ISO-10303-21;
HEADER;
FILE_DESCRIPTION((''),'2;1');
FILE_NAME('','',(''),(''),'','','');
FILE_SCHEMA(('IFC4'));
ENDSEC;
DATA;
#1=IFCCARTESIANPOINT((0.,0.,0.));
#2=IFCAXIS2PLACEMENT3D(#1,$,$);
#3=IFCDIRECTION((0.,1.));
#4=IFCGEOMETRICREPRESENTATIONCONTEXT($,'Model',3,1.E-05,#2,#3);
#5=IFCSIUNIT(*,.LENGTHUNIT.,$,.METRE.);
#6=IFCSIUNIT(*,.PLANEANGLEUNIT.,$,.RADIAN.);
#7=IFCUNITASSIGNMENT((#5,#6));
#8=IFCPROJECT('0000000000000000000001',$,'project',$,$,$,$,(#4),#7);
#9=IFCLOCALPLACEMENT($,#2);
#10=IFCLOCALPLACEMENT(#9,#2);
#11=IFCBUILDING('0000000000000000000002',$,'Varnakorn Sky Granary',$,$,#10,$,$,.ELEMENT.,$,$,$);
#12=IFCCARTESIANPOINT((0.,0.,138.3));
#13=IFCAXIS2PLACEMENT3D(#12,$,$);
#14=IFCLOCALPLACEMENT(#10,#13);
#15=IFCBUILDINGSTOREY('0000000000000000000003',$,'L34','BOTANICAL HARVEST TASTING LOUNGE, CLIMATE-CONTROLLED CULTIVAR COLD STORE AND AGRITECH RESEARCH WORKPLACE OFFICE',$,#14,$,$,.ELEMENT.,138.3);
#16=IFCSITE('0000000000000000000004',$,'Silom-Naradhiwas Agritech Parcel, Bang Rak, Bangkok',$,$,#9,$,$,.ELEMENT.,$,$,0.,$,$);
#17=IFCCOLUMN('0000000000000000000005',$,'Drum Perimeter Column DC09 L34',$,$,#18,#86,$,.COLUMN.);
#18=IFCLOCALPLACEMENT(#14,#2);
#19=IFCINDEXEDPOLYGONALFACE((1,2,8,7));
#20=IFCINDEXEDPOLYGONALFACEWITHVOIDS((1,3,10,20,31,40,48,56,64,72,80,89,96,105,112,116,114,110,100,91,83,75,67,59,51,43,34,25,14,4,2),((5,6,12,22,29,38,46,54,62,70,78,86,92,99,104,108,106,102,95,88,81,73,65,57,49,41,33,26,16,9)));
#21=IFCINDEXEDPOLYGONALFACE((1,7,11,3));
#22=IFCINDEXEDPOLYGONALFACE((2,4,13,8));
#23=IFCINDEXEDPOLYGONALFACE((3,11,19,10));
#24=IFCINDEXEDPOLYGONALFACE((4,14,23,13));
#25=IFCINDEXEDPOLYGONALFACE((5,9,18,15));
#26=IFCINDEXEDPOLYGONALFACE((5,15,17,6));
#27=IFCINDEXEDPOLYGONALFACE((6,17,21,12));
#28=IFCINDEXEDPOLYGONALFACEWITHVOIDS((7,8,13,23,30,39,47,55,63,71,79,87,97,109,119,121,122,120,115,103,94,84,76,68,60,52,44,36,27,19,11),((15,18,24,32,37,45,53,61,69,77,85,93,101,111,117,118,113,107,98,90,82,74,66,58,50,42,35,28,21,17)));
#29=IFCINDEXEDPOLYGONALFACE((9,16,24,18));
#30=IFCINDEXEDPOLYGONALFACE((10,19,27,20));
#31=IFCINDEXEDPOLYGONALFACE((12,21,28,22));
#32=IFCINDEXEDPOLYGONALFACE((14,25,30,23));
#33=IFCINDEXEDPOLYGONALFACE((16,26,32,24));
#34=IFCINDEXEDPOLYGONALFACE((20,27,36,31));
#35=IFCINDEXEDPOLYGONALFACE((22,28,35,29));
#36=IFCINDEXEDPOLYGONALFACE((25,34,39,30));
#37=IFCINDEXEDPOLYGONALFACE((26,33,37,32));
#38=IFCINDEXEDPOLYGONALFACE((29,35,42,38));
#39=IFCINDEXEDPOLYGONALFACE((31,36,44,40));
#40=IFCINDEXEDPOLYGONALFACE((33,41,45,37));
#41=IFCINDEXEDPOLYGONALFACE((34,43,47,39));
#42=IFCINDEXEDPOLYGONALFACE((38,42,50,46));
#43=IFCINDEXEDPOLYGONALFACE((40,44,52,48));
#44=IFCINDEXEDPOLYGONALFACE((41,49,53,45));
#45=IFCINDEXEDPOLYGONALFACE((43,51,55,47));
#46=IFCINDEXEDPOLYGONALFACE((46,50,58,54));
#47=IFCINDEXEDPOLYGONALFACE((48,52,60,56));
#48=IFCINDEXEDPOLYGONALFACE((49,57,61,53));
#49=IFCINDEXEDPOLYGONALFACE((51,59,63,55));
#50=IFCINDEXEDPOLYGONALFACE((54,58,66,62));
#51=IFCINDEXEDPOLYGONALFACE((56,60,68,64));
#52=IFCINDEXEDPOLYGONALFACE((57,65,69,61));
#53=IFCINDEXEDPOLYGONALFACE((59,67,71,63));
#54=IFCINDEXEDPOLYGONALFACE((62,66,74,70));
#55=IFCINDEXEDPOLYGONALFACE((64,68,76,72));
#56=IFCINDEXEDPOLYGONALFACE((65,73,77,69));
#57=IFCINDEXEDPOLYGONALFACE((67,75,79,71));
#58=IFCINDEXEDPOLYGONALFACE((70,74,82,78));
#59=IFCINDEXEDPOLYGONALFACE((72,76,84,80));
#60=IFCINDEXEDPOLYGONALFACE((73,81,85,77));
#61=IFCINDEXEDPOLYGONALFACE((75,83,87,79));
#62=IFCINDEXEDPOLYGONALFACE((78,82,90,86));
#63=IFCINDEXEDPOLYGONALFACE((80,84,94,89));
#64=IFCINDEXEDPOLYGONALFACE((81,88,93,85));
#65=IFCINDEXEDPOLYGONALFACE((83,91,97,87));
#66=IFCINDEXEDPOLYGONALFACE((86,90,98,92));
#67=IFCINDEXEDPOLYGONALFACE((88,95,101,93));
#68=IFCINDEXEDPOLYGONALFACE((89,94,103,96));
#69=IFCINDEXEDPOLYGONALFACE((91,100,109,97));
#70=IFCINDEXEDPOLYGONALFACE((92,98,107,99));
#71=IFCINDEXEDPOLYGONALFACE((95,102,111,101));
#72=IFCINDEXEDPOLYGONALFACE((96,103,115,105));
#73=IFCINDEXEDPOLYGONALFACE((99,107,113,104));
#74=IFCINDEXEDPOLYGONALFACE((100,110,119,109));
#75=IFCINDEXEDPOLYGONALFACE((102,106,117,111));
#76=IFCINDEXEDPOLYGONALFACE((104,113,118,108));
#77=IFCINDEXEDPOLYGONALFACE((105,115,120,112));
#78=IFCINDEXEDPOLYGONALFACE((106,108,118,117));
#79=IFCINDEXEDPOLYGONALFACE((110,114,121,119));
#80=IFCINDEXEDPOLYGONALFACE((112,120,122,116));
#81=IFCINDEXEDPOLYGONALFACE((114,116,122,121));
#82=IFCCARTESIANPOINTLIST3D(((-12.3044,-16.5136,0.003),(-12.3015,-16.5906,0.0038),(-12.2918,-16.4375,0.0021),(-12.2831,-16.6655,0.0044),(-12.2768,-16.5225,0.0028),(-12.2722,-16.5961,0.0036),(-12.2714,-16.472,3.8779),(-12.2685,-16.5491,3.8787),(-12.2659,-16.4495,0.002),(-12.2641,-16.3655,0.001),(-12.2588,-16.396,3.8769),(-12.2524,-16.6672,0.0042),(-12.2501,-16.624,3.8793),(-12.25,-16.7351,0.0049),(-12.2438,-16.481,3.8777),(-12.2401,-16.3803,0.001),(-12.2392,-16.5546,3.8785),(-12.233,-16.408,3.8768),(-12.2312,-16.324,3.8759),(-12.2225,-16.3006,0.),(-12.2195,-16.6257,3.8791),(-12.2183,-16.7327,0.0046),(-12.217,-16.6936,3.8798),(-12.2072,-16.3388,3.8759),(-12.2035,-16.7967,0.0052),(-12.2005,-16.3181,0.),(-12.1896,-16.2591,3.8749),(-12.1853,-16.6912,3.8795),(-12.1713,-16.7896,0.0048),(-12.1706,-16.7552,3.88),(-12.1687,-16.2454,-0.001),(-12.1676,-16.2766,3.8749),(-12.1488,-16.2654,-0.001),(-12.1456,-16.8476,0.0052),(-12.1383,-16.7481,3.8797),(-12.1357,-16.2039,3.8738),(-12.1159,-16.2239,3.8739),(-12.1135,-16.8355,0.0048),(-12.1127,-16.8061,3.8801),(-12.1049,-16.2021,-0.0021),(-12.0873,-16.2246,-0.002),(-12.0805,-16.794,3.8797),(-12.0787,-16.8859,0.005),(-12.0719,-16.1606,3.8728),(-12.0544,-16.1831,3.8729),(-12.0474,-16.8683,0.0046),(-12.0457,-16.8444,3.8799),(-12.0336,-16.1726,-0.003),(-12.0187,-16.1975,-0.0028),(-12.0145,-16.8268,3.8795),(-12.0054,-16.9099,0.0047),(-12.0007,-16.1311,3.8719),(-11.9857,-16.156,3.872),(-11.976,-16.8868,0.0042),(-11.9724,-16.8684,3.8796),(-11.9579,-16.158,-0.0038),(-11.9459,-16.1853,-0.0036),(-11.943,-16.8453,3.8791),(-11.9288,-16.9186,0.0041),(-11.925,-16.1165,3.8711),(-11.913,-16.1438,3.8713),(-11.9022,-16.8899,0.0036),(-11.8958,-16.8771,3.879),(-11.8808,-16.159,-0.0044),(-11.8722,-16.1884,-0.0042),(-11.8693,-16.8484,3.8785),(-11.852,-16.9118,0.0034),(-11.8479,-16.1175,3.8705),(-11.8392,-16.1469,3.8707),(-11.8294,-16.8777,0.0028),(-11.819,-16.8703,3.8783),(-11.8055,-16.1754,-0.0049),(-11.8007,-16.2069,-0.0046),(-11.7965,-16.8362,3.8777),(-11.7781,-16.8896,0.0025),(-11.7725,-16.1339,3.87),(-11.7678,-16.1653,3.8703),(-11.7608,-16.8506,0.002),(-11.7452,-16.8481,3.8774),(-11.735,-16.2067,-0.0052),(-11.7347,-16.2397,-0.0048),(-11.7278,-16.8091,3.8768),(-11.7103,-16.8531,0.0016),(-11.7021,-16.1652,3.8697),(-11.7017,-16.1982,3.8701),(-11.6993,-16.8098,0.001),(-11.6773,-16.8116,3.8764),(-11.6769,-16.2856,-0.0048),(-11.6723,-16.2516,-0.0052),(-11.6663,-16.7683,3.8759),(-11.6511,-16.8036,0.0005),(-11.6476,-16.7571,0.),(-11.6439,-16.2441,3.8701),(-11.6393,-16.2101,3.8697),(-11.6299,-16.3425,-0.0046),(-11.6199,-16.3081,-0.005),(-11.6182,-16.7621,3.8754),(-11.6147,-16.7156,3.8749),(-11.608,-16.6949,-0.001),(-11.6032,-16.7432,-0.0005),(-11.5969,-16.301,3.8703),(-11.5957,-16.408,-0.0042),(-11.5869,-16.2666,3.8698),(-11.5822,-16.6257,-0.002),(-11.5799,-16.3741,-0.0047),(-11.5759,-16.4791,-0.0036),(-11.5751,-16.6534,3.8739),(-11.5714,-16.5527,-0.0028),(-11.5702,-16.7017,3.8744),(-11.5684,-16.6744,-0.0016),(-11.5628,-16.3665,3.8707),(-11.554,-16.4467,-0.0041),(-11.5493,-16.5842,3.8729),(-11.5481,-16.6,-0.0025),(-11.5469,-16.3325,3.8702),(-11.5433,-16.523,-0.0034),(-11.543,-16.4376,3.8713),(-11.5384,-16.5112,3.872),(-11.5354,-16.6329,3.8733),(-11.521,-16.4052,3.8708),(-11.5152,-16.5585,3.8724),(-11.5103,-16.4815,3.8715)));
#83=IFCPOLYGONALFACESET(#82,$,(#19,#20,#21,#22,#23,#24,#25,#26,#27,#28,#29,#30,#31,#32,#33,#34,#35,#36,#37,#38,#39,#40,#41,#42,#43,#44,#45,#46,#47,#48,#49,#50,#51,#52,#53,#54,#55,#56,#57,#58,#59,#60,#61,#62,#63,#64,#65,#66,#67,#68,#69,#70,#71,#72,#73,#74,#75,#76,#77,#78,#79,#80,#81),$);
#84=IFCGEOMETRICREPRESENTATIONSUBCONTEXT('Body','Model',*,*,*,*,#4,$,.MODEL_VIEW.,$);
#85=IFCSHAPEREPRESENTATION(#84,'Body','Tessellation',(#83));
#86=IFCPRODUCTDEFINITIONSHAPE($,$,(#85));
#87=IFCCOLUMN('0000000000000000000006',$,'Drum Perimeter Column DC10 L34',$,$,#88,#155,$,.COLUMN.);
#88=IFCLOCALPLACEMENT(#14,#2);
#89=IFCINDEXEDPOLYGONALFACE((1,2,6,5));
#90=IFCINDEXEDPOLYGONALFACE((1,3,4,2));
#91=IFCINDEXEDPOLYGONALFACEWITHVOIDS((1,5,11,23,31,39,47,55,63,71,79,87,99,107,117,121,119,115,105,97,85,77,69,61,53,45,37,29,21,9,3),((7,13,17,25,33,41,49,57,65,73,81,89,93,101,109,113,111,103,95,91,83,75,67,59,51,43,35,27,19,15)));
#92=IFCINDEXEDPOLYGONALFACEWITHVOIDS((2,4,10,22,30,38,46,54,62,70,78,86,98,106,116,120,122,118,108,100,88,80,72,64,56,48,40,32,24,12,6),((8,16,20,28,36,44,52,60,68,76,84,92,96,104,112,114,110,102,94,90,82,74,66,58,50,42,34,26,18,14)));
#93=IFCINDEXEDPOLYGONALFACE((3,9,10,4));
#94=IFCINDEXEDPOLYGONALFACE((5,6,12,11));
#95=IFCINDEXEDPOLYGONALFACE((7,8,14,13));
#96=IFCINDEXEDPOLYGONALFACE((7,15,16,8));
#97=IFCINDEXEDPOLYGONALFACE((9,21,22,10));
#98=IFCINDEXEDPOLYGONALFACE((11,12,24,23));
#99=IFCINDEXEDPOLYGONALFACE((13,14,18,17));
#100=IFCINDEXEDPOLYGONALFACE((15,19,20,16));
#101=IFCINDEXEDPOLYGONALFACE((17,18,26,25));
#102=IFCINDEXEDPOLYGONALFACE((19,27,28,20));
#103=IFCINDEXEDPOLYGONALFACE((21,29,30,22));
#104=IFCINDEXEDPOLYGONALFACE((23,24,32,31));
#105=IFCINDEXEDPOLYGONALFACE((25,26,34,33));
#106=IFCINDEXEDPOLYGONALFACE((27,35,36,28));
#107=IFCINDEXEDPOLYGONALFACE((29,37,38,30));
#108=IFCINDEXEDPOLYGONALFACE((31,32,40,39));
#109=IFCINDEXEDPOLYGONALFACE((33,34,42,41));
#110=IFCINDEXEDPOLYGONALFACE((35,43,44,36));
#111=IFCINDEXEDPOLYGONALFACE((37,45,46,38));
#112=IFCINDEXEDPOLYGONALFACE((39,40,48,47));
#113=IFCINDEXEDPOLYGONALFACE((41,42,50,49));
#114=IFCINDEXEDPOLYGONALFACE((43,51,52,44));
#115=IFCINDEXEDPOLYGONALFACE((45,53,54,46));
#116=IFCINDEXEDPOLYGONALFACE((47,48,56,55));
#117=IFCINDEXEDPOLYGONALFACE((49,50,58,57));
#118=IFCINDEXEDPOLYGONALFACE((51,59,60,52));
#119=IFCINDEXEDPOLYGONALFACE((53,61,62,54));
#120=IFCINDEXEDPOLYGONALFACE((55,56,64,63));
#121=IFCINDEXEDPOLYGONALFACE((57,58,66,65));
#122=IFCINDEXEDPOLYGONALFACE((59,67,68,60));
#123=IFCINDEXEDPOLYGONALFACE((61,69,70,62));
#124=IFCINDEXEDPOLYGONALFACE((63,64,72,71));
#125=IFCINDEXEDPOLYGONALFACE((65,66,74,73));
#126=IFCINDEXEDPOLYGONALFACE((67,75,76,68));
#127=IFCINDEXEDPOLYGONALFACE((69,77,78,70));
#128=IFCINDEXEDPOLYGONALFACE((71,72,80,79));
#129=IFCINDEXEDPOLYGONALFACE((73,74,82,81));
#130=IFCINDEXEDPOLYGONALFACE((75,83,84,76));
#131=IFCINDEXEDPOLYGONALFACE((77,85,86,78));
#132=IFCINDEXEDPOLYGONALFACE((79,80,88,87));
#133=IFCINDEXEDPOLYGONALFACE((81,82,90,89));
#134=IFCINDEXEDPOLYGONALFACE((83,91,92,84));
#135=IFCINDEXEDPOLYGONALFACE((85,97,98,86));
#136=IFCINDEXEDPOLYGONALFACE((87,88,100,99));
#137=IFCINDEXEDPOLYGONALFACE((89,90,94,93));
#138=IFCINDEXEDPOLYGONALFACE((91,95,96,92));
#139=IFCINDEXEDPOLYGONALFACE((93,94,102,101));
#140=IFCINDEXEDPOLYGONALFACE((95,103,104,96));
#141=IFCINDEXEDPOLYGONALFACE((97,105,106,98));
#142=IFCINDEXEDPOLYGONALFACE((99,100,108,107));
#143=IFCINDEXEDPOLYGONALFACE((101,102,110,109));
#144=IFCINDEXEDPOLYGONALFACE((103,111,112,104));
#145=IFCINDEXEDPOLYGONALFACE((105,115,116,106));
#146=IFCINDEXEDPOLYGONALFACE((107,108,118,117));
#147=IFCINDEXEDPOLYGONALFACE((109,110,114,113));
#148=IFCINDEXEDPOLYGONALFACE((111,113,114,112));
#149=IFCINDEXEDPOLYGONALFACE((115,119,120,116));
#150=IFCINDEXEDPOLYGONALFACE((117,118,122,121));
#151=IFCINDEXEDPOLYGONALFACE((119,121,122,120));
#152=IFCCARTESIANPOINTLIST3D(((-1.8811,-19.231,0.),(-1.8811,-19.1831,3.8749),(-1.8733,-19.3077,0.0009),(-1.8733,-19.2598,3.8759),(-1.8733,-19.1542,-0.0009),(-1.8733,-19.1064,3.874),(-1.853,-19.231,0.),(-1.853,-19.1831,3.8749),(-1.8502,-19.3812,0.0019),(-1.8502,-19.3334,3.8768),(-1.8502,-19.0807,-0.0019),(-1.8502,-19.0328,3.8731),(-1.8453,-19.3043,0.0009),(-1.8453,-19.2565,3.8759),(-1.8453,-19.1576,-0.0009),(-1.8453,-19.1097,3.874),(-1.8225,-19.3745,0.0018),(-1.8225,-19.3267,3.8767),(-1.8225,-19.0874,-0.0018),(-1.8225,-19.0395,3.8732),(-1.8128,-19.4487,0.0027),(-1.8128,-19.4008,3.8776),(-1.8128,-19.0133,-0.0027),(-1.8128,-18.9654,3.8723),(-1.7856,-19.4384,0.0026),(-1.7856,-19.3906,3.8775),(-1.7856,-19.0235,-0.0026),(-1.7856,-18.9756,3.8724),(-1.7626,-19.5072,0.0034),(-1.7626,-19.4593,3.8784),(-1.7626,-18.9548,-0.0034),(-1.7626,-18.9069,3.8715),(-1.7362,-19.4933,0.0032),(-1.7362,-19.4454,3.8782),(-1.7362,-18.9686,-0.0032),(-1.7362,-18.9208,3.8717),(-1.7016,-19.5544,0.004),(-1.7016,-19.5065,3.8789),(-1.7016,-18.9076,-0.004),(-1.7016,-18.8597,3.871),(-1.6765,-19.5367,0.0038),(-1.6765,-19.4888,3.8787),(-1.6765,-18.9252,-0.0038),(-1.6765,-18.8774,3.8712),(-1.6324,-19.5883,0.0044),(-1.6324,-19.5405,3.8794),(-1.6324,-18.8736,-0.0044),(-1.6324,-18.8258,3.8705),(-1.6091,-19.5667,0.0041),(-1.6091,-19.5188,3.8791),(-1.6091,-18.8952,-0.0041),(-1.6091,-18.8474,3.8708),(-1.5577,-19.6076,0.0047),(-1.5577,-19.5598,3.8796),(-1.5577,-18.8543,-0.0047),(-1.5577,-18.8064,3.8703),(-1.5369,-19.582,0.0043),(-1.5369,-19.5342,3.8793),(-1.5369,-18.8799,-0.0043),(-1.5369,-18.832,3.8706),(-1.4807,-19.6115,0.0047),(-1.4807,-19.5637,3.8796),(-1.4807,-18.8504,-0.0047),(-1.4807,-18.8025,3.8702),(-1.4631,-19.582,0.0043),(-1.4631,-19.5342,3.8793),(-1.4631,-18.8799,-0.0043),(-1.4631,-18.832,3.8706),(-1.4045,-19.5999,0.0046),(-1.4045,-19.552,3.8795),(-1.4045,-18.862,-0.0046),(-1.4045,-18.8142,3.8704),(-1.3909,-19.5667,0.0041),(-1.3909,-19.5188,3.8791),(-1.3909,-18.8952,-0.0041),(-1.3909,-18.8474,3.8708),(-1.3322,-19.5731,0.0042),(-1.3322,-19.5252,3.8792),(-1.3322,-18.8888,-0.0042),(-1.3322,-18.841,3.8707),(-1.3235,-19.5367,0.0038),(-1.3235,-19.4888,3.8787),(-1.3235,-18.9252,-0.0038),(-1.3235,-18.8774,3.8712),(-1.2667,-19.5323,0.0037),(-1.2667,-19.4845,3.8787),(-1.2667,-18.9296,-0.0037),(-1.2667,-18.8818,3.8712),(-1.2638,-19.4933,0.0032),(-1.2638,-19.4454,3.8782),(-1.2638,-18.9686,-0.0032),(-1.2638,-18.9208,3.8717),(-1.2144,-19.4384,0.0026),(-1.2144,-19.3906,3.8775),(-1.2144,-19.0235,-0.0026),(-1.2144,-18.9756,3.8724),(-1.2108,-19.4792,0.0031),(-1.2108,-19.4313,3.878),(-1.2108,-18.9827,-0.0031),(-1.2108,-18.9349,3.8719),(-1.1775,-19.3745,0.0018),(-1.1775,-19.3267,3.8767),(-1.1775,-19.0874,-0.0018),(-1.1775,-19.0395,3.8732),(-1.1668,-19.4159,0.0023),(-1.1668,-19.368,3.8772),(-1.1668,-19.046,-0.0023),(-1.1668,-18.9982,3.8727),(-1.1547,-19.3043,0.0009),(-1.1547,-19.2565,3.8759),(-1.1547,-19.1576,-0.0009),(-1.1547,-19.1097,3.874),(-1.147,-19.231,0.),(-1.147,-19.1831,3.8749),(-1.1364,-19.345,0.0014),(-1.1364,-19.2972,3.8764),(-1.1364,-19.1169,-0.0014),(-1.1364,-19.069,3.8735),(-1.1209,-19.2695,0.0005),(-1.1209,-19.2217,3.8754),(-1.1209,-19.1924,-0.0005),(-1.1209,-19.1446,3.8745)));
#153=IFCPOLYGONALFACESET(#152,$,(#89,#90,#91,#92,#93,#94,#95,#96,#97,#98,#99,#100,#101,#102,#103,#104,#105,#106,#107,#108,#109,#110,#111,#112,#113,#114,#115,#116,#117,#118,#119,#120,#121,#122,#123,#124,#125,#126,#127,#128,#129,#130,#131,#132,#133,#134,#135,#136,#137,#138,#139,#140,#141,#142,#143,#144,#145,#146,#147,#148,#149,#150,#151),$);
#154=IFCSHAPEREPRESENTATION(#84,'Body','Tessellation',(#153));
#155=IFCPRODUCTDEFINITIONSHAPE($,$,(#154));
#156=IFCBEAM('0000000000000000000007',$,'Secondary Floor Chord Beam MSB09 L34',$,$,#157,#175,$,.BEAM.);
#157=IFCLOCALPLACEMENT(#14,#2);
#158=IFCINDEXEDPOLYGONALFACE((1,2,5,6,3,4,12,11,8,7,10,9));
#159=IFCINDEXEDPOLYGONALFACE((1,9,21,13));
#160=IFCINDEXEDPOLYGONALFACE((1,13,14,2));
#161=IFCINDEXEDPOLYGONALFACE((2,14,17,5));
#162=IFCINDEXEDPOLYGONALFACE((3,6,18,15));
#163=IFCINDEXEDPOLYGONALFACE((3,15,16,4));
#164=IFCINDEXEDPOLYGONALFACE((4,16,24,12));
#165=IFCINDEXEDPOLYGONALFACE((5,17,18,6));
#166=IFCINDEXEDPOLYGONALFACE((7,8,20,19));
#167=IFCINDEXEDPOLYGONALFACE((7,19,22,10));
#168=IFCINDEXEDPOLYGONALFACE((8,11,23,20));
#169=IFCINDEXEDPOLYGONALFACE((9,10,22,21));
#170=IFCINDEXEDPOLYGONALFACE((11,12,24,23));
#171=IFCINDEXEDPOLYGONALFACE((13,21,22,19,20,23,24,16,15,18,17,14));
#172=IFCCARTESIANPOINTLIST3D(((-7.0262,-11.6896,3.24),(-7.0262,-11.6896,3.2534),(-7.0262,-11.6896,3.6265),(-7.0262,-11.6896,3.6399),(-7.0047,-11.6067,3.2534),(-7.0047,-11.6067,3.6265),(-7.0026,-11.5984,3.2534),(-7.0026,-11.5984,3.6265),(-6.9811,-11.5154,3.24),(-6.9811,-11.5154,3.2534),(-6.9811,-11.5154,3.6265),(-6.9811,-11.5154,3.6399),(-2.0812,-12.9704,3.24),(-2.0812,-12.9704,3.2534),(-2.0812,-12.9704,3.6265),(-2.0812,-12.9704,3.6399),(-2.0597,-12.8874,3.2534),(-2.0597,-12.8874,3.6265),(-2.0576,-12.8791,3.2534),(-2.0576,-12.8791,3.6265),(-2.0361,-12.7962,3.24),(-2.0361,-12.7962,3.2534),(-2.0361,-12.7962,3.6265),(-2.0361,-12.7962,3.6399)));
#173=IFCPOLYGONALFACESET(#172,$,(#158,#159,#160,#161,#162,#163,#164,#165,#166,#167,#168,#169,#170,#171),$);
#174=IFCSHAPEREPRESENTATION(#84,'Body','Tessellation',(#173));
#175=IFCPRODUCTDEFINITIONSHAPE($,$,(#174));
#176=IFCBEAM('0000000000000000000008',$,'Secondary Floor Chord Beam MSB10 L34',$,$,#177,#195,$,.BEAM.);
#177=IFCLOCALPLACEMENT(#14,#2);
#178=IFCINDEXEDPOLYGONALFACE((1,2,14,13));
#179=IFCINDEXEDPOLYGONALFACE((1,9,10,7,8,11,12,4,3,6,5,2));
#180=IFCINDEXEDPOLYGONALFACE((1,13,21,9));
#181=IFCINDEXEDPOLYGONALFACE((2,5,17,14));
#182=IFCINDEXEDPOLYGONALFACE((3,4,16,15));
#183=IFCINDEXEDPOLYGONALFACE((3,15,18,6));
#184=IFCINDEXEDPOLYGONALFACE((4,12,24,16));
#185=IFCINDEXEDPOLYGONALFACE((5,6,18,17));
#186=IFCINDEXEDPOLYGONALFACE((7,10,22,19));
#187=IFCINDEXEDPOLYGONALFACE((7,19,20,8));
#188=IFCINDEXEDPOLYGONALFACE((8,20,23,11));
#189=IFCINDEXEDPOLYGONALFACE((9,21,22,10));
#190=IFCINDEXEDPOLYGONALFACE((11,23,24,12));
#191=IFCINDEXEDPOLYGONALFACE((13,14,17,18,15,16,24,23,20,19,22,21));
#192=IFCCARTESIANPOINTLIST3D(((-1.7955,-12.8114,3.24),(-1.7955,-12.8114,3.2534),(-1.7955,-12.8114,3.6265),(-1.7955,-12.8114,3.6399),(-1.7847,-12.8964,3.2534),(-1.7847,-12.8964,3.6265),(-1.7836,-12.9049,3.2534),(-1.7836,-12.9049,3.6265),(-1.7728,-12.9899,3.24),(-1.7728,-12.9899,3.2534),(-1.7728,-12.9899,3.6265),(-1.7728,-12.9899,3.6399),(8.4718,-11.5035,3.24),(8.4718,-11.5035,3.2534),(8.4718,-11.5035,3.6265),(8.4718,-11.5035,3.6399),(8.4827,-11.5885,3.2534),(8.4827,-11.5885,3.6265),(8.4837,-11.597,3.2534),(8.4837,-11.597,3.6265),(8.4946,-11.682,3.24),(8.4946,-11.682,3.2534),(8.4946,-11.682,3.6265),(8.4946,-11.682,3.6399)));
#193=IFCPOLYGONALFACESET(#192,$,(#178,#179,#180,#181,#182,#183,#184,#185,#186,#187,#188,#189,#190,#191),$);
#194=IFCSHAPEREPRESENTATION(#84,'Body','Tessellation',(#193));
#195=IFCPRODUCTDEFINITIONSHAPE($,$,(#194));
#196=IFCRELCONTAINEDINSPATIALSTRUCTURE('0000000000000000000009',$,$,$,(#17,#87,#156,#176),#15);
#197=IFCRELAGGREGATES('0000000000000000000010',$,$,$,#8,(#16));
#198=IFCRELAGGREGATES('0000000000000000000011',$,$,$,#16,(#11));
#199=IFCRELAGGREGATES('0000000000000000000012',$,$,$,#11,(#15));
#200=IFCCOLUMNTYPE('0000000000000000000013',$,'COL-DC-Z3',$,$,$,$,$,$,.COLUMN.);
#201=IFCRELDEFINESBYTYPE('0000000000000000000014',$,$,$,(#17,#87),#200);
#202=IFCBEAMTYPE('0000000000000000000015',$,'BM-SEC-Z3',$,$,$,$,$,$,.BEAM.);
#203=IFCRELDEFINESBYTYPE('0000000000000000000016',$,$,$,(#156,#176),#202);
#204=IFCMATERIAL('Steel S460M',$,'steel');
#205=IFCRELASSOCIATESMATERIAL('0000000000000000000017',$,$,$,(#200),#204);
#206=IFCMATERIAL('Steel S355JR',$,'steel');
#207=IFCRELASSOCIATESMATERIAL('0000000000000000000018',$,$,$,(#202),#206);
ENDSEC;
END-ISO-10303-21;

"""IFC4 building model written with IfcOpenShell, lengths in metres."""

from ifc_helpers import new_model, si_unit, direction, frame, origin, origin_2d, place, context, subcontext, project, spatial, hollow_circle, i_section, extrude, material, material_profile, profile_set, type_object, element, save


model = new_model("IFC4")

# Units and contexts
model_context = context("Model", 3, precision=1e-05, world=origin(), true_north=direction((0.0, 1.0)))
body_context = subcontext(model_context, "Body", "Model", "MODEL_VIEW")
ifc_project = project(units=[si_unit("LENGTHUNIT", "METRE"), si_unit("PLANEANGLEUNIT", "RADIAN")], contexts=[model_context])

# Site, building, storey
site_placement = place(None, origin())
site = spatial("IfcSite", under=ifc_project, at=site_placement, Name="Silom-Naradhiwas Agritech Parcel, Bang Rak, Bangkok", CompositionType="ELEMENT", RefElevation=0.0)
building_placement = place(site_placement, origin())
building = spatial("IfcBuilding", under=site, at=building_placement, Name="Varnakorn Sky Granary", CompositionType="ELEMENT")
storey_placement = place(building_placement, frame((0.0, 0.0, 138.3)))
storey = spatial("IfcBuildingStorey", under=building, at=storey_placement, Name="L34", Description="BOTANICAL HARVEST TASTING LOUNGE, CLIMATE-CONTROLLED CULTIVAR COLD STORE AND AGRITECH RESEARCH WORKPLACE OFFICE", CompositionType="ELEMENT", Elevation=138.3)

# Columns
ifc_material_1 = material(Name="Steel S460M", Category="steel")
ifc_material_profile_1 = material_profile(ifc_material_1, hollow_circle(Radius=0.3811, WallThickness=0.0281, at=origin_2d()), Name="CHS 762x28")
ifc_profile_set_1 = profile_set([ifc_material_profile_1], Name="Steel S460M")
column_type = type_object("IfcColumnType", Name="COL-DC-Z3", PredefinedType="COLUMN", material=ifc_profile_set_1)
for number, where, z_axis, x_axis, name in (
    (1, (-11.9241, -16.5376, 0.0), (0.008505, 0.01071, 0.999906), (-0.783111, 0.621882, 0.0), "Drum Perimeter Column DC09 L34"),
    (2, (-1.5, -19.231, 0.0), (0.0, 0.012348, 0.999924), (-1.0, 0.0, 0.0), "Drum Perimeter Column DC10 L34"),
):
    element("IfcColumn", number, at=place(storey_placement, frame(where, z_axis=z_axis, x_axis=x_axis)), inside=storey, type_object=column_type, Name=name, PredefinedType="COLUMN", context=body_context, shape_type="SweptSolid", body=[
        extrude(hollow_circle(Radius=0.3811, WallThickness=0.0281, at=origin_2d()), origin(), (0.0, 0.0, 1.0), 3.8752),
    ])

# Beams
ifc_material_2 = material(Name="Steel S355JR", Category="steel")
ifc_material_profile_2 = material_profile(ifc_material_2, i_section(OverallWidth=0.1799, OverallDepth=0.3999, WebThickness=0.0085, FlangeThickness=0.0134, at=origin_2d()), Name="IPE 400")
ifc_profile_set_2 = profile_set([ifc_material_profile_2], Name="Steel S355JR")
beam_type_1 = type_object("IfcBeamType", Name="BM-SEC-Z3", PredefinedType="BEAM", material=ifc_profile_set_2)
beam_1_placement = place(storey_placement, frame((-7.0037, -11.6025, 3.4399), z_axis=(0.968058, -0.250725, 0.0), x_axis=(0.250725, 0.968058, 0.0)))
element("IfcBeam", 3, at=beam_1_placement, inside=storey, type_object=beam_type_1, Name="Secondary Floor Chord Beam MSB09 L34", PredefinedType="BEAM", context=body_context, shape_type="SweptSolid", body=[
    extrude(i_section(OverallWidth=0.1799, OverallDepth=0.3999, WebThickness=0.0085, FlangeThickness=0.0134, at=origin_2d()), origin(), (0.0, 0.0, 1.0), 5.1082),
])
beam_2_placement = place(storey_placement, frame((-1.7842, -12.9006, 3.4399), z_axis=(0.991984, 0.12636, 0.0), x_axis=(-0.12636, 0.991984, 0.0)))
element("IfcBeam", 4, at=beam_2_placement, inside=storey, type_object=beam_type_1, Name="Secondary Floor Chord Beam MSB10 L34", PredefinedType="BEAM", context=body_context, shape_type="SweptSolid", body=[
    extrude(i_section(OverallWidth=0.1799, OverallDepth=0.3999, WebThickness=0.0085, FlangeThickness=0.0134, at=origin_2d()), origin(), (0.0, 0.0, 1.0), 10.3503),
])

save(model, "model.ifc")
